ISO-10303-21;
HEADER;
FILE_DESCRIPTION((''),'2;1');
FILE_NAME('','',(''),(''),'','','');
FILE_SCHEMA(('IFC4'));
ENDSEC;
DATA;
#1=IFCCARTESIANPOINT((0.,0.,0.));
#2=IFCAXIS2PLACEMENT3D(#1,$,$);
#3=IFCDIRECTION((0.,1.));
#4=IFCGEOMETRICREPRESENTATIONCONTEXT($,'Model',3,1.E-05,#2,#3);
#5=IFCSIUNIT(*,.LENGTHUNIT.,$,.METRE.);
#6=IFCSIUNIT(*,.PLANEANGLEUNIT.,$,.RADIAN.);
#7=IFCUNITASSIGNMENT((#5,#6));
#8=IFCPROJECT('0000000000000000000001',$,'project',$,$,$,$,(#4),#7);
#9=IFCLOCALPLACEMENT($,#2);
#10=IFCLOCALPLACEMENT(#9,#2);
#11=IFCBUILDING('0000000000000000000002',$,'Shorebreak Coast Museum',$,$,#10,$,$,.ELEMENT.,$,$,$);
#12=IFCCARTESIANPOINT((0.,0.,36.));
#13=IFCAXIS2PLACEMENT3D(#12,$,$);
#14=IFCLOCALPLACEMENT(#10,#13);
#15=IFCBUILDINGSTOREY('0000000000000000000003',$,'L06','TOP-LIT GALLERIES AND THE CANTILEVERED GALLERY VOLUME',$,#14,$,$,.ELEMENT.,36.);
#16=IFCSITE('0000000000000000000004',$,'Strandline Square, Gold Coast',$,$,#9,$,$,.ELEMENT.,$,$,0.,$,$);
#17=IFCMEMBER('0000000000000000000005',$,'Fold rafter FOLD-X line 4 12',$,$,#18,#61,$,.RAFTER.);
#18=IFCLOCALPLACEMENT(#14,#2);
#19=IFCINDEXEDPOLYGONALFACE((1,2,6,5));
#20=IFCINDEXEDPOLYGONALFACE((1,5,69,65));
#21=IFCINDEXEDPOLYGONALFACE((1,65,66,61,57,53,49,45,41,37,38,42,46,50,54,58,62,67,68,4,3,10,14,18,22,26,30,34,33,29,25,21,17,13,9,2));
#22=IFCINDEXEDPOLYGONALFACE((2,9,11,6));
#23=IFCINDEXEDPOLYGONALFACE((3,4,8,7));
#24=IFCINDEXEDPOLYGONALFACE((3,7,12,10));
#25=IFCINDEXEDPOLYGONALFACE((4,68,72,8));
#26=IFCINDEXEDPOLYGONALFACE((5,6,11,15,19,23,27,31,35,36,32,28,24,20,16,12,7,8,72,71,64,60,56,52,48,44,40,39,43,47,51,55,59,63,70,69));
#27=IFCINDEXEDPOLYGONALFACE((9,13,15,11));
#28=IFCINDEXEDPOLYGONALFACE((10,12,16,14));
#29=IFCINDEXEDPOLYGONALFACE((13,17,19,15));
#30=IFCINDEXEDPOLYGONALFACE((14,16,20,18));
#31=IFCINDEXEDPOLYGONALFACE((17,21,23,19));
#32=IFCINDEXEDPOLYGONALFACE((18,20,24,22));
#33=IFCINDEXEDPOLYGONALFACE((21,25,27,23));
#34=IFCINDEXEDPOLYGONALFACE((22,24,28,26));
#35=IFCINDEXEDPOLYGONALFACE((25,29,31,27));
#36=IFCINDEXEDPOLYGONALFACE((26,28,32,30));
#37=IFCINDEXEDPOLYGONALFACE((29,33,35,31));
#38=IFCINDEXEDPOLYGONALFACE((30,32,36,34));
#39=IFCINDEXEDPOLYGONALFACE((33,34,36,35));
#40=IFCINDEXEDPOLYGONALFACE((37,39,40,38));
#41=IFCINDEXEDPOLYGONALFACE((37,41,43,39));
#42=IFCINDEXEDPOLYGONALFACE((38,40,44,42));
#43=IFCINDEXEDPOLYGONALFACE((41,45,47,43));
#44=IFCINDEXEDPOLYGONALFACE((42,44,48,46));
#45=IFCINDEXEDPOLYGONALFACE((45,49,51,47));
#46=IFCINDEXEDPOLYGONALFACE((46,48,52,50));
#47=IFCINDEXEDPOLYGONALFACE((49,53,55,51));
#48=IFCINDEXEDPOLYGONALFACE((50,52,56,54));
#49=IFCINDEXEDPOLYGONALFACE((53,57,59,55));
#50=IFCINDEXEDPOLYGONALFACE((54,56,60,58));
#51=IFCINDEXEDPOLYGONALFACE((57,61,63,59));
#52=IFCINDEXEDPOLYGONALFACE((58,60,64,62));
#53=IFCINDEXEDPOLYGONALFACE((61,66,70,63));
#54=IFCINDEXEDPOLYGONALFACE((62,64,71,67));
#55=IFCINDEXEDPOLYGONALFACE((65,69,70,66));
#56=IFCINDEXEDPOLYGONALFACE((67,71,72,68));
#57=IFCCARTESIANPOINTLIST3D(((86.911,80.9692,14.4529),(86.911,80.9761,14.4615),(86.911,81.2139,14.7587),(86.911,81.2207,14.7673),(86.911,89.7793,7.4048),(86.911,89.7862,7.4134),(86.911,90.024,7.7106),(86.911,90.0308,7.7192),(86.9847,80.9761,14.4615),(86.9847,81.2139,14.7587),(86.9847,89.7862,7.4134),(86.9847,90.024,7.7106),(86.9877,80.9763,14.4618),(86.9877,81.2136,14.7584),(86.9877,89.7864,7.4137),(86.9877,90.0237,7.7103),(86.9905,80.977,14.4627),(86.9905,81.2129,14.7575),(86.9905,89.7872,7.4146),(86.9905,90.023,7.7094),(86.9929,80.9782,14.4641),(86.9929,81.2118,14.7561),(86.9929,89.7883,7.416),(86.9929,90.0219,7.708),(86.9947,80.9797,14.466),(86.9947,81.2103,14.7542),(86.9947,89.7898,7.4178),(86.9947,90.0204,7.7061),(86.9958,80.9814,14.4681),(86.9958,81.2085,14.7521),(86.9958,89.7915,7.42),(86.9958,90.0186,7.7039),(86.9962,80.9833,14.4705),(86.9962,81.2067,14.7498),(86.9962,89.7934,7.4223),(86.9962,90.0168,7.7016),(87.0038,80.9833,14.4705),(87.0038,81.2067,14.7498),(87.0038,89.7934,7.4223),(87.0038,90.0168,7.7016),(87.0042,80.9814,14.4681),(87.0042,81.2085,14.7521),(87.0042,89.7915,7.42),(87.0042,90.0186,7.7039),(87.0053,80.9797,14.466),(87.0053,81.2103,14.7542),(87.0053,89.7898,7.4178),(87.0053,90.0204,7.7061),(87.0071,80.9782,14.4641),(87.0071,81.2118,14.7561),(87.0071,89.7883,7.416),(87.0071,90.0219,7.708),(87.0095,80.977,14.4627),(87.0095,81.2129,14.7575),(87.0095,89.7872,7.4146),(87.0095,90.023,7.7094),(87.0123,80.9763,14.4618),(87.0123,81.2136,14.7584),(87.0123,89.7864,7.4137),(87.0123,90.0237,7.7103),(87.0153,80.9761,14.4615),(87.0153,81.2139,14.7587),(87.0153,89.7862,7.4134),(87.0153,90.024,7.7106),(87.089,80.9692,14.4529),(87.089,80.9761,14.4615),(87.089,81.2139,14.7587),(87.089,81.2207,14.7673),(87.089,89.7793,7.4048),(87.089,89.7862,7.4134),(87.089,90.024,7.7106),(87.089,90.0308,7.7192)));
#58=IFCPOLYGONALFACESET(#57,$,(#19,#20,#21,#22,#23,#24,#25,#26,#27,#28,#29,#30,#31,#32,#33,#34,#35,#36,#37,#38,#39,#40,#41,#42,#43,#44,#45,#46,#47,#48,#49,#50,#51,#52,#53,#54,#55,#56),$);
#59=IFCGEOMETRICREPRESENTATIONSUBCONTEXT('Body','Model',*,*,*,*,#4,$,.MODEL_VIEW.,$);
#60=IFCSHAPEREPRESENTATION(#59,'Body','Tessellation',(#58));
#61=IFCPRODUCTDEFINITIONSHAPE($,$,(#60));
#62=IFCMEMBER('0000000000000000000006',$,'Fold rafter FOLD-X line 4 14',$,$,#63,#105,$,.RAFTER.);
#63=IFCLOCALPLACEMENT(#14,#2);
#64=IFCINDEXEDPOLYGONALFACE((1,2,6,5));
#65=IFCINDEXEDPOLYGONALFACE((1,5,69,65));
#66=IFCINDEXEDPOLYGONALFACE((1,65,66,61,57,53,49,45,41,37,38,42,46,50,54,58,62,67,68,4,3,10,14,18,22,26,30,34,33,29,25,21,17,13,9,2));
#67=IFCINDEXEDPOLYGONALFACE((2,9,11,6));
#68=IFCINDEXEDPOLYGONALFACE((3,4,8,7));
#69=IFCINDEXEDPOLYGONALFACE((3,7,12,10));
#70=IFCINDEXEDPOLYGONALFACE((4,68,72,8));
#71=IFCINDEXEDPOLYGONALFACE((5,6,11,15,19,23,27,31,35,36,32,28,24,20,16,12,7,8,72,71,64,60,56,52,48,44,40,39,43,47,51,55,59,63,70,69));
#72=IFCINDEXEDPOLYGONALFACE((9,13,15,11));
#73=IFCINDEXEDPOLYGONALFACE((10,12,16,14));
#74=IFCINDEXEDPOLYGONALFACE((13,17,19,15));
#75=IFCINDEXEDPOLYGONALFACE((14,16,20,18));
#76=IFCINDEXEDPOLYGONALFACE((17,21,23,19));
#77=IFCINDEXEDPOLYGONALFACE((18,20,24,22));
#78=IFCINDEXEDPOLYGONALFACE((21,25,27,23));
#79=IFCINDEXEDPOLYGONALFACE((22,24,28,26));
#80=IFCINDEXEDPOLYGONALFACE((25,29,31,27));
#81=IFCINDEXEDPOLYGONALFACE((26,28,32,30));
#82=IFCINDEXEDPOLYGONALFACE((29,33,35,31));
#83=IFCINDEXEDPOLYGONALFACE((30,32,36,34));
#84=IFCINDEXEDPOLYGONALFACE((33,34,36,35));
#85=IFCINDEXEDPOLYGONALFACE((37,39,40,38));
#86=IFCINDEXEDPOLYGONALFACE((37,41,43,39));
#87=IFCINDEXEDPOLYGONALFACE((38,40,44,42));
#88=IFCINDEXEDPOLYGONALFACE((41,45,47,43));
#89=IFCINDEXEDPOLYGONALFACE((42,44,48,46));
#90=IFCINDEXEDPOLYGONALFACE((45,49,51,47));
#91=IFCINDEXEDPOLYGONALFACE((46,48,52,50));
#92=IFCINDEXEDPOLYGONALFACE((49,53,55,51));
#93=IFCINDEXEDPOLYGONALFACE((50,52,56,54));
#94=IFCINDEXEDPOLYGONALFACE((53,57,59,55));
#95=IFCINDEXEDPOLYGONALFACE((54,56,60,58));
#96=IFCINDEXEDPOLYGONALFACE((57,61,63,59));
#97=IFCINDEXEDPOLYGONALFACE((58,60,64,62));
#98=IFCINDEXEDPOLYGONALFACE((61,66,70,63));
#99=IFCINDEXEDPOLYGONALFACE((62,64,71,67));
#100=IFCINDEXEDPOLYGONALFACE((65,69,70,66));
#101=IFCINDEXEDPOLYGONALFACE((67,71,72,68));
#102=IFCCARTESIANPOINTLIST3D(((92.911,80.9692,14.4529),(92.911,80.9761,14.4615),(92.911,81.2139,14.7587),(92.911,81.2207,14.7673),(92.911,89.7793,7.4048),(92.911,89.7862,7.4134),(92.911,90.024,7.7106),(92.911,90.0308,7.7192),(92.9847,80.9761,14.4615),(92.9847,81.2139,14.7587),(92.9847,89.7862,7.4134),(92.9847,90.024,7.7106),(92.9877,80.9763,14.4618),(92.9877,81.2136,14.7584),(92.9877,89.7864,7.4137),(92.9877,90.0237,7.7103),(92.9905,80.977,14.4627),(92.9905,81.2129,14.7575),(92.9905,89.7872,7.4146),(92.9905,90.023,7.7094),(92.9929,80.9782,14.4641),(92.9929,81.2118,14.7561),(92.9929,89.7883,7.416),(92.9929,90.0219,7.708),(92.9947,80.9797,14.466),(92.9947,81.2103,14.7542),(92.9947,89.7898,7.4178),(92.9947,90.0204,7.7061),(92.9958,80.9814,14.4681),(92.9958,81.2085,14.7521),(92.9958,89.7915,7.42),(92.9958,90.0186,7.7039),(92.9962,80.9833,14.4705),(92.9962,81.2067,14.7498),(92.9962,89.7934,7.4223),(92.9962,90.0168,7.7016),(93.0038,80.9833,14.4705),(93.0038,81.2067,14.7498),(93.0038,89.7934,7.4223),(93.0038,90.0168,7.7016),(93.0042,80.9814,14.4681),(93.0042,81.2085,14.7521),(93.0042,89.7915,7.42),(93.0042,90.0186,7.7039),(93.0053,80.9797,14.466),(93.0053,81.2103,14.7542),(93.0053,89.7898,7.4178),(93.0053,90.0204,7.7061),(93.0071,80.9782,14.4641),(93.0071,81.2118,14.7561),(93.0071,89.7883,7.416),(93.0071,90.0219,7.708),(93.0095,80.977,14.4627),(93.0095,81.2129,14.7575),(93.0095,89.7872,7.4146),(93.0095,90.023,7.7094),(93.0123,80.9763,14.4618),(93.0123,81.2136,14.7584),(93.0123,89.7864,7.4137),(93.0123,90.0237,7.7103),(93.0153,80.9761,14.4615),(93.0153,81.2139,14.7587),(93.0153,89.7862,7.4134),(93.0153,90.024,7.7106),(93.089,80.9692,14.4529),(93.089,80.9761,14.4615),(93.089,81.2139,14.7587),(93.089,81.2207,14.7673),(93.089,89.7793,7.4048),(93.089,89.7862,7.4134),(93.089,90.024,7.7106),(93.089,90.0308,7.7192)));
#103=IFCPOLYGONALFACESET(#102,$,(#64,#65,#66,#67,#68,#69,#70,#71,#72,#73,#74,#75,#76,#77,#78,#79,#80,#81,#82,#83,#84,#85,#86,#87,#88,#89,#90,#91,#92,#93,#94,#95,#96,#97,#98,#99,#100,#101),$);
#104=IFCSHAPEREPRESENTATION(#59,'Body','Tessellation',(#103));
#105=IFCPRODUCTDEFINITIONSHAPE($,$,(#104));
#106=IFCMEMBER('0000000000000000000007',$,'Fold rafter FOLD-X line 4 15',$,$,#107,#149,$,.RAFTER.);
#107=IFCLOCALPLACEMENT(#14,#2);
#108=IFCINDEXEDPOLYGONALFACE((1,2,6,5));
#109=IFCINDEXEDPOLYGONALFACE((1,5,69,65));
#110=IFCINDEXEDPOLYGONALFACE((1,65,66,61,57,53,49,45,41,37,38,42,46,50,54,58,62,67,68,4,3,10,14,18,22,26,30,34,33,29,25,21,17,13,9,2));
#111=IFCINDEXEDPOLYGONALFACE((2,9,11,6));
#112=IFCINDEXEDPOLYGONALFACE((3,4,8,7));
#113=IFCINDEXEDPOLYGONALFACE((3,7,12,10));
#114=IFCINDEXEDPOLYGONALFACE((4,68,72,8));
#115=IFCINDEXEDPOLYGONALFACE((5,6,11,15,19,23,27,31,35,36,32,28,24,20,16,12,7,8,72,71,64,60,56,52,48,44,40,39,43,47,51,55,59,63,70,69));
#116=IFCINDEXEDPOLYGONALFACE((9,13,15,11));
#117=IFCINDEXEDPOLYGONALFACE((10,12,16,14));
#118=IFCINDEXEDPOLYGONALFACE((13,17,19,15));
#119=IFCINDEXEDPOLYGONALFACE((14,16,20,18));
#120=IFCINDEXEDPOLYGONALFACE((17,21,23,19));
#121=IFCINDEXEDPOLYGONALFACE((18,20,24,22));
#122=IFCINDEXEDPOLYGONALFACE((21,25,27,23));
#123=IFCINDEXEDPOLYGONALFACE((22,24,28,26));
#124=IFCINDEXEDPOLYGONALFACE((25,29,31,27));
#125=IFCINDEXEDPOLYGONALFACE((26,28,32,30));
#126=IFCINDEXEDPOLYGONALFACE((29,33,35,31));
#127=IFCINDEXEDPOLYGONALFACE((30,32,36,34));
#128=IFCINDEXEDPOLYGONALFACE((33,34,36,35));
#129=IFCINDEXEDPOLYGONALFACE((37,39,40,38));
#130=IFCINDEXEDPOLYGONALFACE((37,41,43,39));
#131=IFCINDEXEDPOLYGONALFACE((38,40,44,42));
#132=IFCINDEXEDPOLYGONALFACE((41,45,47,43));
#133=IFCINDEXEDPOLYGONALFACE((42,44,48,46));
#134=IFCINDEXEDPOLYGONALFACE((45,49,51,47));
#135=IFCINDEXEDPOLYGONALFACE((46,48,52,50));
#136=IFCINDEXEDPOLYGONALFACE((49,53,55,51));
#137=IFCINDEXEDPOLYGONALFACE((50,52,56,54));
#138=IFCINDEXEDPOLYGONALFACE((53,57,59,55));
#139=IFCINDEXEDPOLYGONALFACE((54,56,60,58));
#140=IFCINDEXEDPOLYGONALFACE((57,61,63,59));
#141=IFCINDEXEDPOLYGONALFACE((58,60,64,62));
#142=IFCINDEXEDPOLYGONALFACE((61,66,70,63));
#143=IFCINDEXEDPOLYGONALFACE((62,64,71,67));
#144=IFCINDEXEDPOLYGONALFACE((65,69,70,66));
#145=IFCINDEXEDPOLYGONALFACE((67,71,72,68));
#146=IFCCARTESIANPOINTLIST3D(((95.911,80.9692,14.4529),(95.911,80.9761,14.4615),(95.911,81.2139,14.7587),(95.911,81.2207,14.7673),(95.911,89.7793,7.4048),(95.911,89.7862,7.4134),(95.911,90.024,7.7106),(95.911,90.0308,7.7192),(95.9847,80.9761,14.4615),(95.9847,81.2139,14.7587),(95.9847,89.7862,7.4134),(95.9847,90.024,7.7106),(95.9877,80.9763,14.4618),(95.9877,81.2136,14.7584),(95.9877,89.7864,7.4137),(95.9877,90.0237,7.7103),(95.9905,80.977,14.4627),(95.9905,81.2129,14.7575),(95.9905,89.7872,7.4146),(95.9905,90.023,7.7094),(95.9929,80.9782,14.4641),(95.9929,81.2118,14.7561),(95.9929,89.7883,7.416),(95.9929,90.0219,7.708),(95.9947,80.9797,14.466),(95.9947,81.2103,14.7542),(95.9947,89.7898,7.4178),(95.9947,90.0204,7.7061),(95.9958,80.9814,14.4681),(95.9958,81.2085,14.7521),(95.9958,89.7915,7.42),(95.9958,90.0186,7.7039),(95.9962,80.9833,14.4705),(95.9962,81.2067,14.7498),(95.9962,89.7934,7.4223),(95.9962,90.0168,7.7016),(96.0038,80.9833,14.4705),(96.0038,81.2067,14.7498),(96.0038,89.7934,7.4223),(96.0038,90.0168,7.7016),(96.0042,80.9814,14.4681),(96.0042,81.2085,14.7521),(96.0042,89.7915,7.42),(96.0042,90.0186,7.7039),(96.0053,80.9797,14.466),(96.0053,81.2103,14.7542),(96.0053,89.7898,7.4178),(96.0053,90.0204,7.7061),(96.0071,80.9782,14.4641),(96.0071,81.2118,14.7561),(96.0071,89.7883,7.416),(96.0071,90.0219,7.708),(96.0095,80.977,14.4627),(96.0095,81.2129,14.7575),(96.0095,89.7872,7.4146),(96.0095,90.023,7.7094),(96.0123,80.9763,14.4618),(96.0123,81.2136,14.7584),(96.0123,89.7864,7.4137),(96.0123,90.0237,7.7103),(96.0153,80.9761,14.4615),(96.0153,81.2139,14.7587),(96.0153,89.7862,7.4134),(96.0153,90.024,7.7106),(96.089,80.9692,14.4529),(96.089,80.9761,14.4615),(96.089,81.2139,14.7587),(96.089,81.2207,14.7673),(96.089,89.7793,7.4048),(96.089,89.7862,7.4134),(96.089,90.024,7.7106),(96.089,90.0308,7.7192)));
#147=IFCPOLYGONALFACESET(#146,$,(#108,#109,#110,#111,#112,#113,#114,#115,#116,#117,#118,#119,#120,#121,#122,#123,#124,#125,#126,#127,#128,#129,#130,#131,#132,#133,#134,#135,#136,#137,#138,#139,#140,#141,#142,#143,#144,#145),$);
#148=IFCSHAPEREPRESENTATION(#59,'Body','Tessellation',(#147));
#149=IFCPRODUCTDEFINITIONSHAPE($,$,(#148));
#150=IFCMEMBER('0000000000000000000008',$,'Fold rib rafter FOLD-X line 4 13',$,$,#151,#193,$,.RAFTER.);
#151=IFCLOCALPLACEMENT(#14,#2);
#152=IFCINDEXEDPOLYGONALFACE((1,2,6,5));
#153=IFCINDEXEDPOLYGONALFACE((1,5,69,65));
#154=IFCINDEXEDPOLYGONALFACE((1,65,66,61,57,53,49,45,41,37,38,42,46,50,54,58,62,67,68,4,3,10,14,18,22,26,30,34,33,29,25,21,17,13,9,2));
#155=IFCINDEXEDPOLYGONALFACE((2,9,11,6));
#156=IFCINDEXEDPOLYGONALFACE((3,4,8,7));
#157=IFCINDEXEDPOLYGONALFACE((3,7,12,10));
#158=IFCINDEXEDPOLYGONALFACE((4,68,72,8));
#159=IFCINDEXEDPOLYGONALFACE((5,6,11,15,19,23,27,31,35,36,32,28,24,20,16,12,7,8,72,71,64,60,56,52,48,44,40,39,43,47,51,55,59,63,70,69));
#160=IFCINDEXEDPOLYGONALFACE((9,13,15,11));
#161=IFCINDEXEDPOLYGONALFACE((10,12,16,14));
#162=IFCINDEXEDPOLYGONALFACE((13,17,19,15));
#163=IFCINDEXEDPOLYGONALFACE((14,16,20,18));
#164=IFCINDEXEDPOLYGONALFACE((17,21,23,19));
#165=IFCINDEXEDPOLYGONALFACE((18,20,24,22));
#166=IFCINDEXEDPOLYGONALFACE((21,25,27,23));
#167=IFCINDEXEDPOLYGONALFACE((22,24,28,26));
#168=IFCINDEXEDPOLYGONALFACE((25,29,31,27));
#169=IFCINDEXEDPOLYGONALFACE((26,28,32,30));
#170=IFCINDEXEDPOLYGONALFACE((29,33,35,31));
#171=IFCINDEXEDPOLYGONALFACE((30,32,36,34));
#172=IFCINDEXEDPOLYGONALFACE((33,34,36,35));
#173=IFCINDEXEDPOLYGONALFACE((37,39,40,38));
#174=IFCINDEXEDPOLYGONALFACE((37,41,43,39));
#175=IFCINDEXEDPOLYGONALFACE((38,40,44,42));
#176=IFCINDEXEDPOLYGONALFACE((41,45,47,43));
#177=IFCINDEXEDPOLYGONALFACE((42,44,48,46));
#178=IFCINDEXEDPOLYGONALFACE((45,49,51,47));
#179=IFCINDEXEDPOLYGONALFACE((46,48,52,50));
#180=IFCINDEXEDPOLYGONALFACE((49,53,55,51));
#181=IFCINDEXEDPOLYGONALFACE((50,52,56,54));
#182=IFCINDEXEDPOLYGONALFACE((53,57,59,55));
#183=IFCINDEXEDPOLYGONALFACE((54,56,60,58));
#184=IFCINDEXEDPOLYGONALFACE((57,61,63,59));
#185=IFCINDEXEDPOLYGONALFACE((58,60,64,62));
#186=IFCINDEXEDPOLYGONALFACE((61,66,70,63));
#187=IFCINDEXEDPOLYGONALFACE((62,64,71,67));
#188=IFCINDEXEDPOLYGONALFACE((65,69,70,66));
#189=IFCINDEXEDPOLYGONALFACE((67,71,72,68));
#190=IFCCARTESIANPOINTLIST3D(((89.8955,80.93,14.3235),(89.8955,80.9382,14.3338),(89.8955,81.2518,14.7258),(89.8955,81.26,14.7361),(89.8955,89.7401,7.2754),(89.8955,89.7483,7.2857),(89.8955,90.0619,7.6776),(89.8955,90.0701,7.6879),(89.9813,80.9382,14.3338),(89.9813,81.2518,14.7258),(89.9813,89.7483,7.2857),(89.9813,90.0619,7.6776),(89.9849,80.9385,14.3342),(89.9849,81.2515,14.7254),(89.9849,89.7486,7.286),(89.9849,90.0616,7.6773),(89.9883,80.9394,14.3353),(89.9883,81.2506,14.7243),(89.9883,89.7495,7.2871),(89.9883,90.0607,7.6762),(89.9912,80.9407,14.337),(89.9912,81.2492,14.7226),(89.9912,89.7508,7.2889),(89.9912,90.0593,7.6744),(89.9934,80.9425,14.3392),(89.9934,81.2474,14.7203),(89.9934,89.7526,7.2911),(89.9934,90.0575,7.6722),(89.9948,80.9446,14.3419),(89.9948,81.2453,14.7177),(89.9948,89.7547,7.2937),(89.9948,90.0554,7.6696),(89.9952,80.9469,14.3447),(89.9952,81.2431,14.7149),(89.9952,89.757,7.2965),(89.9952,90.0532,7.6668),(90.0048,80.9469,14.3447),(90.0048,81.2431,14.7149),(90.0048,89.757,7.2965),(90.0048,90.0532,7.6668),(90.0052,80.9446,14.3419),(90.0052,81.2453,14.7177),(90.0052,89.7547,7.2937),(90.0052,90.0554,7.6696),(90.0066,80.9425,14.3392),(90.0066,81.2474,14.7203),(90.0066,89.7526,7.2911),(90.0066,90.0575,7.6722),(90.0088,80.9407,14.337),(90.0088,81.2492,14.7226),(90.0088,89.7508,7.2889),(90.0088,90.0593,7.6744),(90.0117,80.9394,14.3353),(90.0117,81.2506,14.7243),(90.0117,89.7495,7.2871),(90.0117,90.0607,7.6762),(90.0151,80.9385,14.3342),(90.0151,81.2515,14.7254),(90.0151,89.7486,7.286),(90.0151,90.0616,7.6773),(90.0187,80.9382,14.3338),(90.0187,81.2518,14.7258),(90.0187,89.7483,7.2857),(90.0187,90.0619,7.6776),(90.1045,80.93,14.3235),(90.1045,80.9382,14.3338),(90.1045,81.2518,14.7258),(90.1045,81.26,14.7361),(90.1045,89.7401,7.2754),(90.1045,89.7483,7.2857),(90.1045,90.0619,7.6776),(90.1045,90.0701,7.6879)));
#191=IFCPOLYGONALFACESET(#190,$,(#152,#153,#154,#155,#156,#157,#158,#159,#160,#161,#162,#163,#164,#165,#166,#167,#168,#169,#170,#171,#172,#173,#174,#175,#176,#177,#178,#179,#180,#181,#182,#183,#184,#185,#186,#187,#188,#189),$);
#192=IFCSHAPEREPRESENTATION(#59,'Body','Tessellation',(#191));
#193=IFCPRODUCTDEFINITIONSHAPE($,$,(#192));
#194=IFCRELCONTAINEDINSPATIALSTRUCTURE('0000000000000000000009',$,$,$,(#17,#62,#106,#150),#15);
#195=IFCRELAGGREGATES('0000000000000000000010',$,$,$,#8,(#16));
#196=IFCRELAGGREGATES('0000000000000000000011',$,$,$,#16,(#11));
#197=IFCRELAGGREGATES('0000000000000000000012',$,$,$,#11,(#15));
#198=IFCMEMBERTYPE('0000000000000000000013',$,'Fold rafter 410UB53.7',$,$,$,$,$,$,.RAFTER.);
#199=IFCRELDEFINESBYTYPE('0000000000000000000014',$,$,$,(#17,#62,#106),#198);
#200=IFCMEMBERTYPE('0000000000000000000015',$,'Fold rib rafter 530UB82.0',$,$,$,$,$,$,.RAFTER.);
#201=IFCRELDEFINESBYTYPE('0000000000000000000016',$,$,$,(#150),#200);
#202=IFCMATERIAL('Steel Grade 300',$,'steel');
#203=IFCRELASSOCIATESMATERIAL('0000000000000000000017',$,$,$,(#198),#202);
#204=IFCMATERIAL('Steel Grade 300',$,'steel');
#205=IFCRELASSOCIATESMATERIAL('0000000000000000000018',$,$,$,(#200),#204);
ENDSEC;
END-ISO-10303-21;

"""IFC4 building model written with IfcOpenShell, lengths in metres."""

from ifc_helpers import new_model, si_unit, direction, frame, origin, origin_2d, place, context, subcontext, project, spatial, i_section, extrude, material, material_profile, profile_set, type_object, element, save


model = new_model("IFC4")

# Units and contexts
model_context = context("Model", 3, precision=1e-05, world=origin(), true_north=direction((0.0, 1.0)))
body_context = subcontext(model_context, "Body", "Model", "MODEL_VIEW")
ifc_project = project(units=[si_unit("LENGTHUNIT", "METRE"), si_unit("PLANEANGLEUNIT", "RADIAN")], contexts=[model_context])

# Site, building, storey
site_placement = place(None, origin())
site = spatial("IfcSite", under=ifc_project, at=site_placement, Name="Strandline Square, Gold Coast", CompositionType="ELEMENT", RefElevation=0.0)
building_placement = place(site_placement, origin())
building = spatial("IfcBuilding", under=site, at=building_placement, Name="Shorebreak Coast Museum", CompositionType="ELEMENT")
storey_placement = place(building_placement, frame((0.0, 0.0, 36.0)))
storey = spatial("IfcBuildingStorey", under=building, at=storey_placement, Name="L06", Description="TOP-LIT GALLERIES AND THE CANTILEVERED GALLERY VOLUME", CompositionType="ELEMENT", Elevation=36.0)

# Members
ifc_material_1 = material(Name="Steel Grade 300", Category="steel")
ifc_material_profile_1 = material_profile(ifc_material_1, i_section(OverallWidth=0.178, OverallDepth=0.4026, WebThickness=0.0076, FlangeThickness=0.011, FilletRadius=0.0115, at=origin_2d()), Name="410UB53.7")
ifc_profile_set_1 = profile_set([ifc_material_profile_1], Name="Steel Grade 300")
member_type_1 = type_object("IfcMemberType", Name="Fold rafter 410UB53.7", PredefinedType="RAFTER", material=ifc_profile_set_1)
for number, where, z_axis, x_axis, name in (
    (1, (87.0, 81.095, 14.6101), (0.0, 0.780867, -0.624698), (-1.0, 0.0, 0.0), "Fold rafter FOLD-X line 4 12"),
    (2, (93.0, 81.095, 14.6101), (0.0, 0.780867, -0.624698), (-1.0, 0.0, 0.0), "Fold rafter FOLD-X line 4 14"),
    (3, (96.0, 81.095, 14.6101), (0.0, 0.780867, -0.624698), (-1.0, 0.0, 0.0), "Fold rafter FOLD-X line 4 15"),
):
    element("IfcMember", number, at=place(storey_placement, frame(where, z_axis=z_axis, x_axis=x_axis)), inside=storey, type_object=member_type_1, Name=name, PredefinedType="RAFTER", context=body_context, shape_type="SweptSolid", body=[
        extrude(i_section(OverallWidth=0.178, OverallDepth=0.4026, WebThickness=0.0076, FlangeThickness=0.011, FilletRadius=0.0115, at=origin_2d()), origin(), (0.0, 0.0, 1.0), 11.2825),
    ])
ifc_material_2 = material(Name="Steel Grade 300", Category="steel")
ifc_material_profile_2 = material_profile(ifc_material_2, i_section(OverallWidth=0.209, OverallDepth=0.5283, WebThickness=0.0095, FlangeThickness=0.0132, FilletRadius=0.0139, at=origin_2d()), Name="530UB82.0")
ifc_profile_set_2 = profile_set([ifc_material_profile_2], Name="Steel Grade 300")
member_type_2 = type_object("IfcMemberType", Name="Fold rib rafter 530UB82.0", PredefinedType="RAFTER", material=ifc_profile_set_2)
for number, where, z_axis, x_axis, name in (
    (4, (90.0, 81.095, 14.5298), (0.0, 0.780867, -0.624698), (-1.0, 0.0, 0.0), "Fold rib rafter FOLD-X line 4 13"),
):
    element("IfcMember", number, at=place(storey_placement, frame(where, z_axis=z_axis, x_axis=x_axis)), inside=storey, type_object=member_type_2, Name=name, PredefinedType="RAFTER", context=body_context, shape_type="SweptSolid", body=[
        extrude(i_section(OverallWidth=0.209, OverallDepth=0.5283, WebThickness=0.0095, FlangeThickness=0.0132, FilletRadius=0.0139, at=origin_2d()), origin(), (0.0, 0.0, 1.0), 11.2825),
    ])

save(model, "model.ifc")
